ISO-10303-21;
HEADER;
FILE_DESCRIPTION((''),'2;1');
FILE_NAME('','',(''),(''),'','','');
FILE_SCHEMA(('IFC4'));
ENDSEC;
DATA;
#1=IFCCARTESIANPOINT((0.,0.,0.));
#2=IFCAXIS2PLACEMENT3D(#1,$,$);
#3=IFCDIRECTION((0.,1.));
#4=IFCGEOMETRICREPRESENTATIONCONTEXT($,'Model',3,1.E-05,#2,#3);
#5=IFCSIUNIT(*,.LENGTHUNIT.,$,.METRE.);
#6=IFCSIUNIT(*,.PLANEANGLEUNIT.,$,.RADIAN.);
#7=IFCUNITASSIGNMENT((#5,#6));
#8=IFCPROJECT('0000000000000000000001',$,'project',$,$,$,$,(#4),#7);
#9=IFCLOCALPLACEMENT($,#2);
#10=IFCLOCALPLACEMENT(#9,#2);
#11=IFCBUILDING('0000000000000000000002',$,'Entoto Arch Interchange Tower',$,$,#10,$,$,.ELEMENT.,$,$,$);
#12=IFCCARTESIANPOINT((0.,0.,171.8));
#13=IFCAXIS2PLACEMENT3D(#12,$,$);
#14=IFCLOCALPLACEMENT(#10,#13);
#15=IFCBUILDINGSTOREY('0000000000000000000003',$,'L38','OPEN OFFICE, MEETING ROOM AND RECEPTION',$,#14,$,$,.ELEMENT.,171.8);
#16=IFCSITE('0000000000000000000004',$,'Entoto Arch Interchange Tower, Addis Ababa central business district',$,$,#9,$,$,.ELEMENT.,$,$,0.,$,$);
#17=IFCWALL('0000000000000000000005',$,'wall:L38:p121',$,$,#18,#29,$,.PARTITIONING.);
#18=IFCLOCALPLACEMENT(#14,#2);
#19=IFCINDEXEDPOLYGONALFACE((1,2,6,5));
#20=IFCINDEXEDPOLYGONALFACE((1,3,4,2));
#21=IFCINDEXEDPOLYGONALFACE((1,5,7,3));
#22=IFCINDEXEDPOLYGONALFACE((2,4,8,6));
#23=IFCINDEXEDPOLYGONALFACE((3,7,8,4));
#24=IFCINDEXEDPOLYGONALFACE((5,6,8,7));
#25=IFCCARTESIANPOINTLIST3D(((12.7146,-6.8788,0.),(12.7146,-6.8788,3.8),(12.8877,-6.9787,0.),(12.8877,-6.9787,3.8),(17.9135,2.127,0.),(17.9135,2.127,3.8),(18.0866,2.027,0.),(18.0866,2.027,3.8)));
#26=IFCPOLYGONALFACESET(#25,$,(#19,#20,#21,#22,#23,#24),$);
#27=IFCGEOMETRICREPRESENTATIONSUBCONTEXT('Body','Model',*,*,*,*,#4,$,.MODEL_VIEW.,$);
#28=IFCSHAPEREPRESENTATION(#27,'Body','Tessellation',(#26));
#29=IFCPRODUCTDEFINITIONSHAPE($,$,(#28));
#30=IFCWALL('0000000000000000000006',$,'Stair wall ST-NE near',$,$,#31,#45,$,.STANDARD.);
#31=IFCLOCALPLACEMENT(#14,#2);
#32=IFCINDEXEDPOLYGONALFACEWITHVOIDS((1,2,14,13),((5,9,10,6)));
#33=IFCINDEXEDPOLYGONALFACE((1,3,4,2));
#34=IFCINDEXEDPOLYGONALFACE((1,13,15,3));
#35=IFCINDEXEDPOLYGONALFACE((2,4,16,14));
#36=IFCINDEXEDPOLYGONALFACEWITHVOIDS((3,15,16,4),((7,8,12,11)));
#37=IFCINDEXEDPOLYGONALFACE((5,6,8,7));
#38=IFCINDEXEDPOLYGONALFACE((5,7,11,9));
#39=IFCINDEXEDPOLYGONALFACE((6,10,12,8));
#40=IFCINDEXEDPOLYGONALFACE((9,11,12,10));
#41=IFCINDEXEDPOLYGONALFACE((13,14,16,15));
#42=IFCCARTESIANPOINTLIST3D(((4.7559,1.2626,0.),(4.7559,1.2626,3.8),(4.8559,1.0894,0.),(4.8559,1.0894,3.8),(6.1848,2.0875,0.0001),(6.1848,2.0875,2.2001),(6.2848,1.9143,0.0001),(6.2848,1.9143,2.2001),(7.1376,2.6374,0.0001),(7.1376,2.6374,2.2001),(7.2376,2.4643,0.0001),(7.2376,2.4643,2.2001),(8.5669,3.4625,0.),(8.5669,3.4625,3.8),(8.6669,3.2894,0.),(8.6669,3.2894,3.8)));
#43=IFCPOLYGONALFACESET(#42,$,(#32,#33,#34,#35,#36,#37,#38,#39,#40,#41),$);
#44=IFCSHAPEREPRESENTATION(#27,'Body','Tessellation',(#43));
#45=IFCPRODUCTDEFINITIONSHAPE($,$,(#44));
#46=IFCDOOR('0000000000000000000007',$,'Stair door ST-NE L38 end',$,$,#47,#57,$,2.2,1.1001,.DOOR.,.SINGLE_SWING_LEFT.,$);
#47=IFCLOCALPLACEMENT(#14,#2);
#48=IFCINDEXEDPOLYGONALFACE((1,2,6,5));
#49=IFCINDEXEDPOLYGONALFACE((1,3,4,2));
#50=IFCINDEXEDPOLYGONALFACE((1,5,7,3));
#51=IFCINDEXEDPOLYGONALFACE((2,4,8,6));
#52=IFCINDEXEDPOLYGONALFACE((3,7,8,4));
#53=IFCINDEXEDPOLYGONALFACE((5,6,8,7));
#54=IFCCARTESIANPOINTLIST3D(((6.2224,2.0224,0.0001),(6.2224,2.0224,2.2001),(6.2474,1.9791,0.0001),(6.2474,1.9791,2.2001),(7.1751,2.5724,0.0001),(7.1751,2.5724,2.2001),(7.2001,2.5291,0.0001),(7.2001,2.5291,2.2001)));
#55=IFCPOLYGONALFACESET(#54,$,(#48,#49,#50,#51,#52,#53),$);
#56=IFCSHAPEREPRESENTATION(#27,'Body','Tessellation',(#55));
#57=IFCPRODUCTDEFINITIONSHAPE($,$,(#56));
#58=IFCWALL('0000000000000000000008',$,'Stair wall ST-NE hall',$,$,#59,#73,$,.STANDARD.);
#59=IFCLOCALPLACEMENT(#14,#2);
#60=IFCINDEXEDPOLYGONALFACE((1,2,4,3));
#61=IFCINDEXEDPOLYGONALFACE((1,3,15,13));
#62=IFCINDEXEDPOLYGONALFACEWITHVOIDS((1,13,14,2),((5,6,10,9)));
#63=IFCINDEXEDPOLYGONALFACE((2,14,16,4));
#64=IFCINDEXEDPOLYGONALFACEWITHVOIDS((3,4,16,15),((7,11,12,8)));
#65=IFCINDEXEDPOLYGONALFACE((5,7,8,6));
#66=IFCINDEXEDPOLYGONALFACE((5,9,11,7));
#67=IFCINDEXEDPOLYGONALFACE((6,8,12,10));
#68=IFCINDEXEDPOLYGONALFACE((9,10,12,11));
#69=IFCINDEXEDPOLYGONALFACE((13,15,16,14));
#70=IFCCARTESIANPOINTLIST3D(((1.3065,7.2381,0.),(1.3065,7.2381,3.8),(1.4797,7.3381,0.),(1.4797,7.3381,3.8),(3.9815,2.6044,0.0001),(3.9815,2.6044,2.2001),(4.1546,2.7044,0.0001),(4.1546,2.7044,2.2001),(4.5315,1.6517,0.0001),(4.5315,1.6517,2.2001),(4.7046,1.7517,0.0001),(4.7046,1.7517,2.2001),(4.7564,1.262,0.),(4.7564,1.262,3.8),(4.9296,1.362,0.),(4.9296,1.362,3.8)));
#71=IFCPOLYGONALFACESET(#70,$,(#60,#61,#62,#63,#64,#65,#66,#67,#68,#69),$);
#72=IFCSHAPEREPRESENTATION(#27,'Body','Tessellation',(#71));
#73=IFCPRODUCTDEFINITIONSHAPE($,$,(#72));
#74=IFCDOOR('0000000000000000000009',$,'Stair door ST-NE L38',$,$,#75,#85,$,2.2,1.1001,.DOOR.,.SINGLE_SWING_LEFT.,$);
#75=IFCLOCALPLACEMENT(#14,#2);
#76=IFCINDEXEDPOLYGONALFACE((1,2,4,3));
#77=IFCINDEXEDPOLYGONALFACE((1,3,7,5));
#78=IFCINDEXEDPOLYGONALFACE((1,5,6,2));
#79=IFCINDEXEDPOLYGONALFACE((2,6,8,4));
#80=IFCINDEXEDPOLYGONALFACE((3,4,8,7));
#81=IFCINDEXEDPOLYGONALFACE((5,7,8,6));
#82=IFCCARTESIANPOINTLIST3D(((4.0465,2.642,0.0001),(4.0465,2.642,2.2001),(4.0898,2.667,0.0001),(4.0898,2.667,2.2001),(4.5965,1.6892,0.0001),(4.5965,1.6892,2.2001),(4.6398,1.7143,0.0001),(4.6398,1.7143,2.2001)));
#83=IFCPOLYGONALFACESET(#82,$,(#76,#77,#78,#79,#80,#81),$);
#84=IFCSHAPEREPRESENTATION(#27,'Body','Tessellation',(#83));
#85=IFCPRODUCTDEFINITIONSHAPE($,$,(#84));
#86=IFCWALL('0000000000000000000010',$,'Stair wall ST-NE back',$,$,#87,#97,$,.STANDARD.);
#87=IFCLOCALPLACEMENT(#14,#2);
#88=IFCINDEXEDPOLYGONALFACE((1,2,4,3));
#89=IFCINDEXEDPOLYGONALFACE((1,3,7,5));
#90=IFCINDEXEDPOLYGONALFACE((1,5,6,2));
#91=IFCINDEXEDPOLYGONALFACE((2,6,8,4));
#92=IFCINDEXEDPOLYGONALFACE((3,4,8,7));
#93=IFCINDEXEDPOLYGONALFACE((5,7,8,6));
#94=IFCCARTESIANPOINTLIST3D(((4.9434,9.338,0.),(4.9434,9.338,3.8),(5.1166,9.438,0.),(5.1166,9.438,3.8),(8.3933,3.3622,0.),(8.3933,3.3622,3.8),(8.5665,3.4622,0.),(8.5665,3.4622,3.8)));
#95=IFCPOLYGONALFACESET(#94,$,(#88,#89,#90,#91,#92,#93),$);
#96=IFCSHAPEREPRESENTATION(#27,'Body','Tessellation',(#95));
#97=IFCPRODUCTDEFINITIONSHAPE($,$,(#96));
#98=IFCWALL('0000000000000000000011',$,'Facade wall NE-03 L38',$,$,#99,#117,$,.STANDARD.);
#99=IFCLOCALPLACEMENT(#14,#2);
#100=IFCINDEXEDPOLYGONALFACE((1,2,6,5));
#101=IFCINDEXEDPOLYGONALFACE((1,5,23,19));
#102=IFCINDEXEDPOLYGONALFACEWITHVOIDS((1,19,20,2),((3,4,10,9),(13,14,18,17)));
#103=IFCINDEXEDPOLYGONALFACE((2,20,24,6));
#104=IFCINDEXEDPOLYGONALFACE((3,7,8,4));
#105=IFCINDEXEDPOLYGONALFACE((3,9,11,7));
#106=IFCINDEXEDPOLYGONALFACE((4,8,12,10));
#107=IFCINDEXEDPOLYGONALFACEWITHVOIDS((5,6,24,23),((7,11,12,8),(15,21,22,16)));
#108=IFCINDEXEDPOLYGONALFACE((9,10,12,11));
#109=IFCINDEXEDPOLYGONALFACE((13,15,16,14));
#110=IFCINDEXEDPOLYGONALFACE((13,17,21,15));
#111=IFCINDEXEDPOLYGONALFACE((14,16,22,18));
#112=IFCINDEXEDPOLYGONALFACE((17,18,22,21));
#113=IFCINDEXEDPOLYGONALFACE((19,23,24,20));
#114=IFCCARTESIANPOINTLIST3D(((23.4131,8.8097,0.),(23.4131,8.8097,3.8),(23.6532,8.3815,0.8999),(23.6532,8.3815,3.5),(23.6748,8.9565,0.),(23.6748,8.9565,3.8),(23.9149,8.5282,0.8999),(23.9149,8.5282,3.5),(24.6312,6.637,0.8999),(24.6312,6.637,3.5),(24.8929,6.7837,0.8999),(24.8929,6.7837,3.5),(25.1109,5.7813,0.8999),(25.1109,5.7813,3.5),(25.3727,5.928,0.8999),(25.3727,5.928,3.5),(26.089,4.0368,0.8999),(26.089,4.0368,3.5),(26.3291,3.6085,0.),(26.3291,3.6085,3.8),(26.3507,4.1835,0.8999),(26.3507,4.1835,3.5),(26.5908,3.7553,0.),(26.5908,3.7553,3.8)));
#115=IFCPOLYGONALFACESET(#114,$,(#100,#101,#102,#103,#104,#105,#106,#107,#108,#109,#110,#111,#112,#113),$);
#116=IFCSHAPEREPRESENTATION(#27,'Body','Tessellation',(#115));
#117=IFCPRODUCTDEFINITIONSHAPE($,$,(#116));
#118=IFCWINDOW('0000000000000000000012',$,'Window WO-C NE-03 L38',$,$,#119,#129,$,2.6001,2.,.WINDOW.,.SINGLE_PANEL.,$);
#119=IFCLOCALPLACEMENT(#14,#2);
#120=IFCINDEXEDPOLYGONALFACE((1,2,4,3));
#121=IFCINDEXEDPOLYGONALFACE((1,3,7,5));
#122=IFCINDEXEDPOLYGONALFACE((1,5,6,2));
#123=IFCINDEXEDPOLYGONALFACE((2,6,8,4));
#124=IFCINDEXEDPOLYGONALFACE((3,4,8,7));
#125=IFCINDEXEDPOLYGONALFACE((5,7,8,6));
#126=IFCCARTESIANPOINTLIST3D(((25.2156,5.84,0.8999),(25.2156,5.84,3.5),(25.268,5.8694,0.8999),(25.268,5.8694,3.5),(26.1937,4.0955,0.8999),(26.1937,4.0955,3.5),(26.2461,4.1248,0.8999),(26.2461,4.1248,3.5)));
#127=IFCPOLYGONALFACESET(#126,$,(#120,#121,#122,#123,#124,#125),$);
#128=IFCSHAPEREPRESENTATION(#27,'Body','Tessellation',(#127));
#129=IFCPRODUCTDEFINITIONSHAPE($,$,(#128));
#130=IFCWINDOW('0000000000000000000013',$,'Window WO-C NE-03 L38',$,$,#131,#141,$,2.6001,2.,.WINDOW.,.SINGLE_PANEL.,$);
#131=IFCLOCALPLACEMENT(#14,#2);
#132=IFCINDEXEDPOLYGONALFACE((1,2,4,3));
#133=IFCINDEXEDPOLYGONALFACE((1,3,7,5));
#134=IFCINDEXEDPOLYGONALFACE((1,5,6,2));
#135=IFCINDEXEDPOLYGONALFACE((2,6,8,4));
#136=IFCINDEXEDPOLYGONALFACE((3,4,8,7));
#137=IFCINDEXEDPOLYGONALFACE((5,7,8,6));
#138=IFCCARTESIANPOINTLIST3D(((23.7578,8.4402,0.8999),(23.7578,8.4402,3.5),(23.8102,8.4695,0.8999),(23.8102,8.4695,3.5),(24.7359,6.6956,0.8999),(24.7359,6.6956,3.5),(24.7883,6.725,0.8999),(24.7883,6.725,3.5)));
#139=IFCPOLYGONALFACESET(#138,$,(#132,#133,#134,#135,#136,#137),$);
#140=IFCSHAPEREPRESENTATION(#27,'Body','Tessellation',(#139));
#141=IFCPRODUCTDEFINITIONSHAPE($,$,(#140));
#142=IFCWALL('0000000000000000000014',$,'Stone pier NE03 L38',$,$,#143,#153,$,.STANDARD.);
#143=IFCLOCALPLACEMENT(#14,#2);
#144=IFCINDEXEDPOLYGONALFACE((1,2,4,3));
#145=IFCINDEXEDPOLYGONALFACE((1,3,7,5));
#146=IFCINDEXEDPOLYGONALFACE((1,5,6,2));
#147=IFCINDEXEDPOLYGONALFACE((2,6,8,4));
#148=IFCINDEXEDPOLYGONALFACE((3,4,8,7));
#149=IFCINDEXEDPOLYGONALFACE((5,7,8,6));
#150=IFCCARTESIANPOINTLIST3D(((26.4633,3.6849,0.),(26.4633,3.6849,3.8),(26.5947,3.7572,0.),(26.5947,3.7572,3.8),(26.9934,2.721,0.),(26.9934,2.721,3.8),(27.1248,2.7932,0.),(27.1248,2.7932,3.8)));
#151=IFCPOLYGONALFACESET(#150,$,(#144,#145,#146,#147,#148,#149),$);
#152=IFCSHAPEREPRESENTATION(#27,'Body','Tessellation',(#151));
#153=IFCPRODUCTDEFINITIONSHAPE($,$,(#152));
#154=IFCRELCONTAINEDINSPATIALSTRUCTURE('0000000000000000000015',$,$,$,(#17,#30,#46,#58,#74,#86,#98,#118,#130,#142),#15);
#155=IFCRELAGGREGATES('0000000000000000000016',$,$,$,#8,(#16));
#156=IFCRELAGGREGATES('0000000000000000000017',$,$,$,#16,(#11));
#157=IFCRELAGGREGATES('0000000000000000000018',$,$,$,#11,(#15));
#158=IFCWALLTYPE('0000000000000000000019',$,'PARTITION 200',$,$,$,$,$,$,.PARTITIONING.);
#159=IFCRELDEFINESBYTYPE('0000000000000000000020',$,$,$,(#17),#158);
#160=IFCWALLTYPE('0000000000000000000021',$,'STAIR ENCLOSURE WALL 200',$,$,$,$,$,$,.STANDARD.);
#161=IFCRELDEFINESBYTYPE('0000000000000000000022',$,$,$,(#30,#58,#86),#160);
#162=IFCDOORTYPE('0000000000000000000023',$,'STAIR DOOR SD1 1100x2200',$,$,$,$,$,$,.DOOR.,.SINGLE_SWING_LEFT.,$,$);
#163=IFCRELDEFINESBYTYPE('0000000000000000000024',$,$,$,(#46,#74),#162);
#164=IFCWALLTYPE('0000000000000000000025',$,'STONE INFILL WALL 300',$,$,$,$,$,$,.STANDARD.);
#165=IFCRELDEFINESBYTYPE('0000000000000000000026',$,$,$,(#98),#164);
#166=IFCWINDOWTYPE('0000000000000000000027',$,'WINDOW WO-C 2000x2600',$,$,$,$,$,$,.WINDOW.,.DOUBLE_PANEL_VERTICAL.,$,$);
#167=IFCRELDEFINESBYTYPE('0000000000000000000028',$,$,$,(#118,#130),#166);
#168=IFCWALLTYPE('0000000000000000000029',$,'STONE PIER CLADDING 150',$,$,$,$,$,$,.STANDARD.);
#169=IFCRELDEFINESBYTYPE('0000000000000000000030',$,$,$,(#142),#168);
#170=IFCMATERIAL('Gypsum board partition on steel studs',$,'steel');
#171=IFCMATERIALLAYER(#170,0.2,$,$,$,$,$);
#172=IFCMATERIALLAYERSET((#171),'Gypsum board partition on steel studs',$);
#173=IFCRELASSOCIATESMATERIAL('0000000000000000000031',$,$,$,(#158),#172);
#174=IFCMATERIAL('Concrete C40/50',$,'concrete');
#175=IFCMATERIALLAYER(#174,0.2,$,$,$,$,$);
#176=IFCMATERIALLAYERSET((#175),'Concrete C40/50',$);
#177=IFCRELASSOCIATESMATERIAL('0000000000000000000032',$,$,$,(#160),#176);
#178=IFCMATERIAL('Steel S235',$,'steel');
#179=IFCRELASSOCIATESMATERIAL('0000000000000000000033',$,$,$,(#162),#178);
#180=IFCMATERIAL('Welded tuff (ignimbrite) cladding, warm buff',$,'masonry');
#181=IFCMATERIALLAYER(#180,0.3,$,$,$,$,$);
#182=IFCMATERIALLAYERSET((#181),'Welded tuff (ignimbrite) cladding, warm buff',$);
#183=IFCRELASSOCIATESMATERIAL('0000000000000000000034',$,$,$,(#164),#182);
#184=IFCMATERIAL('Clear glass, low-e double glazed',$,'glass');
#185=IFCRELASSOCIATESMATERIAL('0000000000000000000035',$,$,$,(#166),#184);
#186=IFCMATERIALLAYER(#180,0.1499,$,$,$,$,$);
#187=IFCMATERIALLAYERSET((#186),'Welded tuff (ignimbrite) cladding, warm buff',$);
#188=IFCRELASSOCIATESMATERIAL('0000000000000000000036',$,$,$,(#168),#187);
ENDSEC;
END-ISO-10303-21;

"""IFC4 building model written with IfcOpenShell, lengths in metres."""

from ifc_helpers import new_model, si_unit, direction, frame, frame_2d, origin, place, context, subcontext, project, spatial, rectangle, extrude, material, layer, layer_set, type_object, element, fill, save


model = new_model("IFC4")

# Units and contexts
model_context = context("Model", 3, precision=1e-05, world=origin(), true_north=direction((0.0, 1.0)))
body_context = subcontext(model_context, "Body", "Model", "MODEL_VIEW")
ifc_project = project(units=[si_unit("LENGTHUNIT", "METRE"), si_unit("PLANEANGLEUNIT", "RADIAN")], contexts=[model_context])

# Site, building, storey
site_placement = place(None, origin())
site = spatial("IfcSite", under=ifc_project, at=site_placement, Name="Entoto Arch Interchange Tower, Addis Ababa central business district", CompositionType="ELEMENT", RefElevation=0.0)
building_placement = place(site_placement, origin())
building = spatial("IfcBuilding", under=site, at=building_placement, Name="Entoto Arch Interchange Tower", CompositionType="ELEMENT")
storey_placement = place(building_placement, frame((0.0, 0.0, 171.8)))
storey = spatial("IfcBuildingStorey", under=building, at=storey_placement, Name="L38", Description="OPEN OFFICE, MEETING ROOM AND RECEPTION", CompositionType="ELEMENT", Elevation=171.8)

# Shared definitions
ifc_material_1 = material(Name="Concrete C40/50", Category="concrete")
ifc_material_2 = material(Name="Gypsum board partition on steel studs", Category="steel")
ifc_layer_1 = layer(ifc_material_2, 0.2)
ifc_layer_set_1 = layer_set([ifc_layer_1], Name="Gypsum board partition on steel studs")
wall_type_1 = type_object("IfcWallType", Name="PARTITION 200", PredefinedType="PARTITIONING", material=ifc_layer_set_1)

# Wall
wall_1_placement = place(storey_placement, frame((18.0, 2.0769, 0.0), z_axis=(0.0, 0.0, 1.0), x_axis=(-0.49996, -0.866049, 0.0)))
element("IfcWall", 1, at=wall_1_placement, inside=storey, type_object=wall_type_1, Name="wall:L38:p121", PredefinedType="PARTITIONING", context=body_context, shape_type="SweptSolid", body=[
    extrude(rectangle(XDim=10.3987, YDim=0.2, at=frame_2d((5.1992, 0.0))), origin(), (0.0, 0.0, 1.0), 3.8),
])

# Walls, openings, doors
ifc_layer_2 = layer(ifc_material_1, 0.2)
ifc_layer_set_2 = layer_set([ifc_layer_2], Name="Concrete C40/50")
wall_type_2 = type_object("IfcWallType", Name="STAIR ENCLOSURE WALL 200", PredefinedType="STANDARD", material=ifc_layer_set_2)
wall_2_placement = place(storey_placement, frame((4.8059, 1.176, 0.0), z_axis=(0.0, 0.0, 1.0), x_axis=(0.86606, 0.49994, 0.0)))
wall_2 = element("IfcWall", 2, at=wall_2_placement, inside=storey, type_object=wall_type_2, Name="Stair wall ST-NE near", PredefinedType="STANDARD", context=body_context, shape_type="SweptSolid", body=[
    extrude(rectangle(XDim=4.4004, YDim=0.2, at=frame_2d((2.2002, 0.0))), origin(), (0.0, 0.0, 1.0), 3.8),
])
opening_1_placement = place(wall_2_placement, frame((1.6499, 0.0, 0.0)))
opening_1 = element("IfcOpeningElement", 3, at=opening_1_placement, cuts=wall_2, PredefinedType="OPENING", context=body_context, shape_type="SweptSolid", body=[
    extrude(rectangle(XDim=1.1001, YDim=2.2, at=frame_2d((0.55, 1.1001))), frame((0.0, 0.1099, 0.0), z_axis=(0.0, -1.0, 0.0), x_axis=(1.0, 0.0, 0.0)), (0.0, 0.0, 1.0), 0.22),
])
ifc_material_3 = material(Name="Steel S235", Category="steel")
door_type_1 = type_object("IfcDoorType", Name="STAIR DOOR SD1 1100x2200", OperationType="SINGLE_SWING_LEFT", PredefinedType="DOOR", material=ifc_material_3)
door_1_placement = place(opening_1_placement, origin())
door_1 = element("IfcDoor", 4, at=door_1_placement, inside=storey, type_object=door_type_1, Name="Stair door ST-NE L38 end", OperationType="SINGLE_SWING_LEFT", OverallHeight=2.2, OverallWidth=1.1001, PredefinedType="DOOR", context=body_context, shape_type="SweptSolid", body=[
    extrude(rectangle(XDim=1.1001, YDim=2.2, at=frame_2d((0.55, 1.1001))), frame((0.0, 0.0249, 0.0), z_axis=(0.0, -1.0, 0.0), x_axis=(1.0, 0.0, 0.0)), (0.0, 0.0, 1.0), 0.05),
])
fill(opening_1, door_1)
wall_3_placement = place(storey_placement, frame((4.843, 1.312, 0.0), z_axis=(0.0, 0.0, 1.0), x_axis=(-0.499963, 0.866047, 0.0)))
wall_3 = element("IfcWall", 5, at=wall_3_placement, inside=storey, type_object=wall_type_2, Name="Stair wall ST-NE hall", PredefinedType="STANDARD", context=body_context, shape_type="SweptSolid", body=[
    extrude(rectangle(XDim=6.9004, YDim=0.2, at=frame_2d((3.4502, 0.0))), origin(), (0.0, 0.0, 1.0), 3.8),
])
opening_2_placement = place(wall_3_placement, frame((0.45, 0.0, 0.0)))
opening_2 = element("IfcOpeningElement", 6, at=opening_2_placement, cuts=wall_3, PredefinedType="OPENING", context=body_context, shape_type="SweptSolid", body=[
    extrude(rectangle(XDim=1.1001, YDim=2.2, at=frame_2d((0.55, 1.1001))), frame((0.0, 0.1099, 0.0), z_axis=(0.0, -1.0, 0.0), x_axis=(1.0, 0.0, 0.0)), (0.0, 0.0, 1.0), 0.22),
])
door_2_placement = place(opening_2_placement, origin())
door_2 = element("IfcDoor", 7, at=door_2_placement, inside=storey, type_object=door_type_1, Name="Stair door ST-NE L38", OperationType="SINGLE_SWING_LEFT", OverallHeight=2.2, OverallWidth=1.1001, PredefinedType="DOOR", context=body_context, shape_type="SweptSolid", body=[
    extrude(rectangle(XDim=1.1001, YDim=2.2, at=frame_2d((0.55, 1.1001))), frame((0.0, 0.0249, 0.0), z_axis=(0.0, -1.0, 0.0), x_axis=(1.0, 0.0, 0.0)), (0.0, 0.0, 1.0), 0.05),
])
fill(opening_2, door_2)

# Wall
wall_4_placement = place(storey_placement, frame((8.48, 3.4121, 0.0), z_axis=(0.0, 0.0, 1.0), x_axis=(-0.499979, 0.866038, 0.0)))
element("IfcWall", 8, at=wall_4_placement, inside=storey, type_object=wall_type_2, Name="Stair wall ST-NE back", PredefinedType="STANDARD", context=body_context, shape_type="SweptSolid", body=[
    extrude(rectangle(XDim=6.9001, YDim=0.2, at=frame_2d((3.4502, 0.0))), origin(), (0.0, 0.0, 1.0), 3.8),
])

# Wall, openings, windows
ifc_material_4 = material(Name="Welded tuff (ignimbrite) cladding, warm buff", Category="masonry")
ifc_layer_3 = layer(ifc_material_4, 0.3)
ifc_layer_set_3 = layer_set([ifc_layer_3], Name="Welded tuff (ignimbrite) cladding, warm buff")
wall_type_3 = type_object("IfcWallType", Name="STONE INFILL WALL 300", PredefinedType="STANDARD", material=ifc_layer_set_3)
wall_5_placement = place(storey_placement, frame((26.46, 3.6819, 0.0), z_axis=(0.0, 0.0, 1.0), x_axis=(-0.489032, 0.872266, 0.0)))
wall_5 = element("IfcWall", 9, at=wall_5_placement, inside=storey, type_object=wall_type_3, Name="Facade wall NE-03 L38", PredefinedType="STANDARD", context=body_context, shape_type="SweptSolid", body=[
    extrude(rectangle(XDim=5.9629, YDim=0.3, at=frame_2d((2.9814, 0.0))), origin(), (0.0, 0.0, 1.0), 3.8),
])
opening_3_placement = place(wall_5_placement, frame((0.491, 0.0, 0.8999)))
opening_3 = element("IfcOpeningElement", 10, at=opening_3_placement, cuts=wall_5, PredefinedType="OPENING", context=body_context, shape_type="SweptSolid", body=[
    extrude(rectangle(XDim=2.0, YDim=2.6001, at=frame_2d((1.0, 1.3))), frame((0.0, 0.1602, 0.0), z_axis=(0.0, -1.0, 0.0), x_axis=(1.0, 0.0, 0.0)), (0.0, 0.0, 1.0), 0.3201),
])
opening_4_placement = place(wall_5_placement, frame((3.4719, 0.0, 0.8999)))
opening_4 = element("IfcOpeningElement", 11, at=opening_4_placement, cuts=wall_5, PredefinedType="OPENING", context=body_context, shape_type="SweptSolid", body=[
    extrude(rectangle(XDim=2.0, YDim=2.6001, at=frame_2d((1.0, 1.3))), frame((0.0, 0.1602, 0.0), z_axis=(0.0, -1.0, 0.0), x_axis=(1.0, 0.0, 0.0)), (0.0, 0.0, 1.0), 0.3201),
])
ifc_material_5 = material(Name="Clear glass, low-e double glazed", Category="glass")
window_type = type_object("IfcWindowType", Name="WINDOW WO-C 2000x2600", PartitioningType="DOUBLE_PANEL_VERTICAL", PredefinedType="WINDOW", material=ifc_material_5)
window_1_placement = place(opening_3_placement, origin())
window_1 = element("IfcWindow", 12, at=window_1_placement, inside=storey, type_object=window_type, Name="Window WO-C NE-03 L38", OverallHeight=2.6001, OverallWidth=2.0, PartitioningType="SINGLE_PANEL", PredefinedType="WINDOW", context=body_context, shape_type="SweptSolid", body=[
    extrude(rectangle(XDim=2.0, YDim=2.6001, at=frame_2d((1.0, 1.3))), frame((0.0, 0.03, 0.0), z_axis=(0.0, -1.0, 0.0), x_axis=(1.0, 0.0, 0.0)), (0.0, 0.0, 1.0), 0.0601),
])
fill(opening_3, window_1)
window_2_placement = place(opening_4_placement, origin())
window_2 = element("IfcWindow", 13, at=window_2_placement, inside=storey, type_object=window_type, Name="Window WO-C NE-03 L38", OverallHeight=2.6001, OverallWidth=2.0, PartitioningType="SINGLE_PANEL", PredefinedType="WINDOW", context=body_context, shape_type="SweptSolid", body=[
    extrude(rectangle(XDim=2.0, YDim=2.6001, at=frame_2d((1.0, 1.3))), frame((0.0, 0.03, 0.0), z_axis=(0.0, -1.0, 0.0), x_axis=(1.0, 0.0, 0.0)), (0.0, 0.0, 1.0), 0.0601),
])
fill(opening_4, window_2)

# Wall
ifc_layer_4 = layer(ifc_material_4, 0.1499)
ifc_layer_set_4 = layer_set([ifc_layer_4], Name="Welded tuff (ignimbrite) cladding, warm buff")
wall_type_4 = type_object("IfcWallType", Name="STONE PIER CLADDING 150", PredefinedType="STANDARD", material=ifc_layer_set_4)
wall_6_placement = place(storey_placement, frame((27.0591, 2.7571, 0.0), z_axis=(0.0, 0.0, 1.0), x_axis=(-0.481851, 0.876253, 0.0)))
element("IfcWall", 14, at=wall_6_placement, inside=storey, type_object=wall_type_4, Name="Stone pier NE03 L38", PredefinedType="STANDARD", context=body_context, shape_type="SweptSolid", body=[
    extrude(rectangle(XDim=1.1001, YDim=0.1499, at=frame_2d((0.55, 0.0))), origin(), (0.0, 0.0, 1.0), 3.8),
])

save(model, "model.ifc")
